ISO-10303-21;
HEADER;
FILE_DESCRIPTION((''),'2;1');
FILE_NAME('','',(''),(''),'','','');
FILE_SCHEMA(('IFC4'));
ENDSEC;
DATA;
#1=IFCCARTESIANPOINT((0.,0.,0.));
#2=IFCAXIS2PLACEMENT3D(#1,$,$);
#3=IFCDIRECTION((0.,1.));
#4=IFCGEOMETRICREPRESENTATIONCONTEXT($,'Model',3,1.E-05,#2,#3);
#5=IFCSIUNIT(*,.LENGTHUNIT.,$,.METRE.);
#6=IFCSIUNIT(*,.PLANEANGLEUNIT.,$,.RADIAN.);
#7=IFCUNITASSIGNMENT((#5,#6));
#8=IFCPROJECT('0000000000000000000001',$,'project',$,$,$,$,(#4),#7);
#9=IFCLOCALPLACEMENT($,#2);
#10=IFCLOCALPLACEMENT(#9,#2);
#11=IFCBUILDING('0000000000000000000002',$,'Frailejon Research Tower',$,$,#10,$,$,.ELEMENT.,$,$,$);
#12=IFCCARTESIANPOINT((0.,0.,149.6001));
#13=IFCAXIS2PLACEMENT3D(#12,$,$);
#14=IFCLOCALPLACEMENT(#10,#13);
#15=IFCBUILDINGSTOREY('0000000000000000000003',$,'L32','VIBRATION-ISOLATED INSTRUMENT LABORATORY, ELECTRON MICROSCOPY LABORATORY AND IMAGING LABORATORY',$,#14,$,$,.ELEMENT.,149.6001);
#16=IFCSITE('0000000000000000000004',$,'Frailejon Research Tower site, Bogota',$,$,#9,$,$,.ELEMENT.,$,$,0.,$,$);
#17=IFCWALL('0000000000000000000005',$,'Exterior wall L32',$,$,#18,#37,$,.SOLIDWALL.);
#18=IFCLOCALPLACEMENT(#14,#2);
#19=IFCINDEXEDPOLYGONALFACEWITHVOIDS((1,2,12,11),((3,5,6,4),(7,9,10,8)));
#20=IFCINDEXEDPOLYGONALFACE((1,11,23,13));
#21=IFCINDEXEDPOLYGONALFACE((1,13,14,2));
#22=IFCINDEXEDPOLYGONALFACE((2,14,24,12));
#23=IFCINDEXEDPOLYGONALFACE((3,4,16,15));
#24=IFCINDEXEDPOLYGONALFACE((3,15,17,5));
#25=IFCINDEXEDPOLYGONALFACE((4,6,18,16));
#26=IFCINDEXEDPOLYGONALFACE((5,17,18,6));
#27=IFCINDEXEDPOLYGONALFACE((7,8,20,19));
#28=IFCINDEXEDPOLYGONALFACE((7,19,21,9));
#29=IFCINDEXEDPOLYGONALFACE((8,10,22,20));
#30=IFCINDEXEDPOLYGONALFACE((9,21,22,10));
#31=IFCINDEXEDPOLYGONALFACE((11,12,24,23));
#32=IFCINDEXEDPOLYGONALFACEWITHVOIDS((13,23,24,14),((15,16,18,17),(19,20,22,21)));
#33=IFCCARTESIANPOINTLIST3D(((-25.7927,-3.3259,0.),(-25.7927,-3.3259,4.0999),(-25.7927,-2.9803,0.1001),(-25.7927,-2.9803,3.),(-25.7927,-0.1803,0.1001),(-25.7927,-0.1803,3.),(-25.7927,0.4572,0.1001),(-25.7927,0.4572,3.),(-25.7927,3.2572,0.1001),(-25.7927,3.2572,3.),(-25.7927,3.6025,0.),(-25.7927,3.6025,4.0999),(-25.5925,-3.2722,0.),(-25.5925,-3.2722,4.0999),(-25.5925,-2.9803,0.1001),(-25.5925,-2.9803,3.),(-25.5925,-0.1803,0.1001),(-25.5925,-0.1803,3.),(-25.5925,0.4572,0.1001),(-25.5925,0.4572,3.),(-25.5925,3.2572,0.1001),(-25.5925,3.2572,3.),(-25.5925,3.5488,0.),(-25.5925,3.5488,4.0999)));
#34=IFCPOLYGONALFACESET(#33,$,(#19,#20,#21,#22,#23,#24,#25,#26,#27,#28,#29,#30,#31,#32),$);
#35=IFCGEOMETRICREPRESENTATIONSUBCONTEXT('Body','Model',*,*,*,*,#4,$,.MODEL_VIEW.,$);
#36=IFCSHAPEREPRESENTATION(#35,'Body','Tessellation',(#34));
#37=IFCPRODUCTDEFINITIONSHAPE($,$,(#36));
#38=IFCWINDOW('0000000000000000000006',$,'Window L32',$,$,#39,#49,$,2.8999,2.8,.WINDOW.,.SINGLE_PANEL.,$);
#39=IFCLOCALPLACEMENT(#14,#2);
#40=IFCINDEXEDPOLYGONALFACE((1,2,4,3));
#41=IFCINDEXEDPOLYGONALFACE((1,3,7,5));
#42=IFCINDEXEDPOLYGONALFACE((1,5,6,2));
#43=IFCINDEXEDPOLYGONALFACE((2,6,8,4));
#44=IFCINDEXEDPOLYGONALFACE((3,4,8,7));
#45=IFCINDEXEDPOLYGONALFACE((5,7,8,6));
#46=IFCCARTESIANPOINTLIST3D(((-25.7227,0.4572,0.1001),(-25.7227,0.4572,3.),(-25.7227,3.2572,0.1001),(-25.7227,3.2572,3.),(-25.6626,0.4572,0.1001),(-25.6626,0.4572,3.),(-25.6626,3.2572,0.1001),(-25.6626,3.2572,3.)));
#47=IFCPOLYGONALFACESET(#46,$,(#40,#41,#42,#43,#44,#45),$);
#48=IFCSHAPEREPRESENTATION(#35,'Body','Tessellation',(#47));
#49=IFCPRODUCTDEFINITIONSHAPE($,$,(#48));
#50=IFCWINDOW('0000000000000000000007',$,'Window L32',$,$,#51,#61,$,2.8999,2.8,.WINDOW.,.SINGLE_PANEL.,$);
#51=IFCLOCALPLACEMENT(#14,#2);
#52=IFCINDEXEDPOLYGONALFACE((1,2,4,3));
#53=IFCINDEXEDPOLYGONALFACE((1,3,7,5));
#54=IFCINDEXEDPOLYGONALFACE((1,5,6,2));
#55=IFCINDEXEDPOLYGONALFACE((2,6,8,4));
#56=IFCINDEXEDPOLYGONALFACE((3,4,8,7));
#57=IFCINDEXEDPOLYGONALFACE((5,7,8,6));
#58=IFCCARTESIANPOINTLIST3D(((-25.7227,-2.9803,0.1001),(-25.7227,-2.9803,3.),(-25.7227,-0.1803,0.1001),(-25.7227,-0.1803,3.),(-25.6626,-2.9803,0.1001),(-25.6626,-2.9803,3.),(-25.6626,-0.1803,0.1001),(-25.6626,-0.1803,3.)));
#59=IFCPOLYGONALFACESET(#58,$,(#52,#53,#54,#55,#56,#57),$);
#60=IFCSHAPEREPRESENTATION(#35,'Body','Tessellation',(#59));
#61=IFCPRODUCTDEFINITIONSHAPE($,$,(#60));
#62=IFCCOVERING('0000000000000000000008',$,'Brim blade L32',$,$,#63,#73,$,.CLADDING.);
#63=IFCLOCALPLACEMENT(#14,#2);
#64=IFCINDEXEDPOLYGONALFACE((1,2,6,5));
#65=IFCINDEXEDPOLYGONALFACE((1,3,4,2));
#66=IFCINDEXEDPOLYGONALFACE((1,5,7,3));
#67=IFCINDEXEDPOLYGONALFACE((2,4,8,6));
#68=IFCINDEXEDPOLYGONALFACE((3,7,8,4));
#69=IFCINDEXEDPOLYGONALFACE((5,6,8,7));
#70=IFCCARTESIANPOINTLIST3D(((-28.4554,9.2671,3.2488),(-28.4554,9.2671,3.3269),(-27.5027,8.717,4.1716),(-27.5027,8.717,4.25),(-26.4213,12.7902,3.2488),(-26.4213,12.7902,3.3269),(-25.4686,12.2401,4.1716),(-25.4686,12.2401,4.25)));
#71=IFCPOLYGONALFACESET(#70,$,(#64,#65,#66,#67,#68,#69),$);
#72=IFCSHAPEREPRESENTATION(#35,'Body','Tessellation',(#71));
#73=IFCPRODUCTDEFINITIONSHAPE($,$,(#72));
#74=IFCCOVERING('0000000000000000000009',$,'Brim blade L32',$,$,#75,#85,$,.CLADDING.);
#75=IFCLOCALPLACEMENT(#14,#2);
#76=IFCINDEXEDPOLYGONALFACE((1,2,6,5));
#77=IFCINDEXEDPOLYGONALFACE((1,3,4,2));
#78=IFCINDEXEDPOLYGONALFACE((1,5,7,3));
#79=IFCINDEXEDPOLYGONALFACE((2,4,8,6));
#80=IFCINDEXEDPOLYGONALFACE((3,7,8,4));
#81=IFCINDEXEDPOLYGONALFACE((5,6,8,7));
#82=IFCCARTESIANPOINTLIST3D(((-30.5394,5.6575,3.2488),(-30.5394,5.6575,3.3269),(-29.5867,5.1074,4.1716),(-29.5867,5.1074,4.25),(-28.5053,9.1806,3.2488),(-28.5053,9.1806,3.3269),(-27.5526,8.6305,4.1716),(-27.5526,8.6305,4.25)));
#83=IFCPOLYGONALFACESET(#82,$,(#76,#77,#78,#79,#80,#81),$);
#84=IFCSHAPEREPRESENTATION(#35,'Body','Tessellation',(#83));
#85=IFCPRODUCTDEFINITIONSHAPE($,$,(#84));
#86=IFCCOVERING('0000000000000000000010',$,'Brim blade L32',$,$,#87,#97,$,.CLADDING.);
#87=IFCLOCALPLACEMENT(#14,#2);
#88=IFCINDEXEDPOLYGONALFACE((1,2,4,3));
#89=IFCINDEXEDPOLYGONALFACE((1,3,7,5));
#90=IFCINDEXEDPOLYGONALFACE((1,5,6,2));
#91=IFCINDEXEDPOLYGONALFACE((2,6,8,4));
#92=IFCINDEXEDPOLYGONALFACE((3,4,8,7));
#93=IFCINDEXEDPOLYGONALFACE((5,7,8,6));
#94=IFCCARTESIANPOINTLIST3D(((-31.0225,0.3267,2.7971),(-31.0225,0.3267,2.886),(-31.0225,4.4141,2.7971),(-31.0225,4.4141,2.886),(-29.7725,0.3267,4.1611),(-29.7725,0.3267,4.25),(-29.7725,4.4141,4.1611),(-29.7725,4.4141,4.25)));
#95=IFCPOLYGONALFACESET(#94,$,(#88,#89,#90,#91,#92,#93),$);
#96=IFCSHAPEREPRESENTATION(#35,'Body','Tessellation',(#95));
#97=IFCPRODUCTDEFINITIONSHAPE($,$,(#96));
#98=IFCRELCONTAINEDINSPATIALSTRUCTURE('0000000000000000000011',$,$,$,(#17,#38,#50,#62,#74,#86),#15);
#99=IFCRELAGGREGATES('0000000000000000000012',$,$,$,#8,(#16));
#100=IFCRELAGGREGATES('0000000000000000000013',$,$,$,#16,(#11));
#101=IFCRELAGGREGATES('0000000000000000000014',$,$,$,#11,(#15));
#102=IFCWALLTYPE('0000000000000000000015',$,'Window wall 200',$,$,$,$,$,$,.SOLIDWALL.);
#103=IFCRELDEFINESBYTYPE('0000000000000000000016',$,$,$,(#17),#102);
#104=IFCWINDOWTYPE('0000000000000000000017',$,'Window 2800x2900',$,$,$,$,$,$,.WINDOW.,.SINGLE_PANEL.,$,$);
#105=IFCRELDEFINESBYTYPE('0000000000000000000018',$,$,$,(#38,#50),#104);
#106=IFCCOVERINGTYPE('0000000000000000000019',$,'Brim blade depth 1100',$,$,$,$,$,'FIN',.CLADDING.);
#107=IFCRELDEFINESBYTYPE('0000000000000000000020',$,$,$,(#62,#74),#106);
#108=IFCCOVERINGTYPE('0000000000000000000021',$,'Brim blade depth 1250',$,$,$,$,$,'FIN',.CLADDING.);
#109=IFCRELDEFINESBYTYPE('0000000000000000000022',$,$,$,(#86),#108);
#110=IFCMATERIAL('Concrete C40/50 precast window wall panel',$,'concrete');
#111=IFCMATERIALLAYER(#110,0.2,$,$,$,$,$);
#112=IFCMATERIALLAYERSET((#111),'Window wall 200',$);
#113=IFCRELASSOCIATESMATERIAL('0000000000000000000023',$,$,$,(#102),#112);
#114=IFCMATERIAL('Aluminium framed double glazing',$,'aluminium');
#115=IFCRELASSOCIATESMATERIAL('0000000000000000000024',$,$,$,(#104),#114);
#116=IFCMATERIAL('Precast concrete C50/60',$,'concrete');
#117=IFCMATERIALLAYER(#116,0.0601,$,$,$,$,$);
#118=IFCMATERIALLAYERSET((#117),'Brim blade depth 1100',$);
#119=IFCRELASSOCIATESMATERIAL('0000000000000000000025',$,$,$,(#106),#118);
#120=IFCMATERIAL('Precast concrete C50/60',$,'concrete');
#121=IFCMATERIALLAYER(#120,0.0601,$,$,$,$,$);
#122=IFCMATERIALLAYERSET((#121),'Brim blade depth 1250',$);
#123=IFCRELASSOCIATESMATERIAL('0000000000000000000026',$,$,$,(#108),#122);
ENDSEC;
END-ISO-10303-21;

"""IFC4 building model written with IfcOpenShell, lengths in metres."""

from ifc_helpers import new_model, si_unit, direction, frame, frame_2d, origin, place, context, subcontext, project, spatial, polyline, rectangle, outline, extrude, material, layer, layer_set, type_object, element, fill, save


model = new_model("IFC4")

# Units and contexts
model_context = context("Model", 3, precision=1e-05, world=origin(), true_north=direction((0.0, 1.0)))
body_context = subcontext(model_context, "Body", "Model", "MODEL_VIEW")
ifc_project = project(units=[si_unit("LENGTHUNIT", "METRE"), si_unit("PLANEANGLEUNIT", "RADIAN")], contexts=[model_context])

# Site, building, storey
site_placement = place(None, origin())
site = spatial("IfcSite", under=ifc_project, at=site_placement, Name="Frailejon Research Tower site, Bogota", CompositionType="ELEMENT", RefElevation=0.0)
building_placement = place(site_placement, origin())
building = spatial("IfcBuilding", under=site, at=building_placement, Name="Frailejon Research Tower", CompositionType="ELEMENT")
storey_placement = place(building_placement, frame((0.0, 0.0, 149.6001)))
storey = spatial("IfcBuildingStorey", under=building, at=storey_placement, Name="L32", Description="VIBRATION-ISOLATED INSTRUMENT LABORATORY, ELECTRON MICROSCOPY LABORATORY AND IMAGING LABORATORY", CompositionType="ELEMENT", Elevation=149.6001)

# Wall, openings, windows
ifc_material_1 = material(Name="Concrete C40/50 precast window wall panel", Category="concrete")
ifc_layer_1 = layer(ifc_material_1, 0.2)
ifc_layer_set_1 = layer_set([ifc_layer_1], Name="Window wall 200")
wall_type_1 = type_object("IfcWallType", Name="Window wall 200", PredefinedType="SOLIDWALL", material=ifc_layer_set_1)
wall_1_placement = place(storey_placement, frame((-25.6926, 3.5757, 0.0), z_axis=(0.0, 0.0, 1.0), x_axis=(0.0, -1.0, 0.0)))
wall_1 = element("IfcWall", 1, at=wall_1_placement, inside=storey, type_object=wall_type_1, Name="Exterior wall L32", PredefinedType="SOLIDWALL", context=body_context, shape_type="SweptSolid", body=[
    extrude(outline(polyline([(-0.0269, -0.1001), (1.1279, -0.1001), (2.2827, -0.1001), (3.4375, -0.1001), (4.592, -0.1001), (5.7468, -0.1001), (6.9016, -0.1001), (6.8479, 0.1001), (5.7109, 0.1001), (4.5742, 0.1001), (3.4375, 0.1001), (2.3005, 0.1001), (1.1636, 0.1001), (0.0269, 0.1001), (-0.0269, -0.1001)])), origin(), (0.0, 0.0, 1.0), 4.0999),
])
opening_1_placement = place(wall_1_placement, frame((0.3186, 0.0, 0.1001)))
opening_1 = element("IfcOpeningElement", 2, at=opening_1_placement, cuts=wall_1, PredefinedType="OPENING", context=body_context, shape_type="SweptSolid", body=[
    extrude(rectangle(XDim=2.8, YDim=2.8999, at=frame_2d((1.3999, 1.45))), frame((0.0, 0.1099, 0.0), z_axis=(0.0, -1.0, 0.0), x_axis=(1.0, 0.0, 0.0)), (0.0, 0.0, 1.0), 0.22),
])
opening_2_placement = place(wall_1_placement, frame((3.7561, 0.0, 0.1001)))
opening_2 = element("IfcOpeningElement", 3, at=opening_2_placement, cuts=wall_1, PredefinedType="OPENING", context=body_context, shape_type="SweptSolid", body=[
    extrude(rectangle(XDim=2.8, YDim=2.8999, at=frame_2d((1.3999, 1.45))), frame((0.0, 0.1099, 0.0), z_axis=(0.0, -1.0, 0.0), x_axis=(1.0, 0.0, 0.0)), (0.0, 0.0, 1.0), 0.22),
])
ifc_material_2 = material(Name="Aluminium framed double glazing", Category="aluminium")
window_type = type_object("IfcWindowType", Name="Window 2800x2900", PartitioningType="SINGLE_PANEL", PredefinedType="WINDOW", material=ifc_material_2)
window_1_placement = place(opening_1_placement, origin())
window_1 = element("IfcWindow", 4, at=window_1_placement, inside=storey, type_object=window_type, Name="Window L32", OverallHeight=2.8999, OverallWidth=2.8, PartitioningType="SINGLE_PANEL", PredefinedType="WINDOW", context=body_context, shape_type="SweptSolid", body=[
    extrude(rectangle(XDim=2.8, YDim=2.8999, at=frame_2d((1.3999, 1.45))), frame((0.0, 0.03, 0.0), z_axis=(0.0, -1.0, 0.0), x_axis=(1.0, 0.0, 0.0)), (0.0, 0.0, 1.0), 0.0601),
])
fill(opening_1, window_1)
window_2_placement = place(opening_2_placement, origin())
window_2 = element("IfcWindow", 5, at=window_2_placement, inside=storey, type_object=window_type, Name="Window L32", OverallHeight=2.8999, OverallWidth=2.8, PartitioningType="SINGLE_PANEL", PredefinedType="WINDOW", context=body_context, shape_type="SweptSolid", body=[
    extrude(rectangle(XDim=2.8, YDim=2.8999, at=frame_2d((1.3999, 1.45))), frame((0.0, 0.03, 0.0), z_axis=(0.0, -1.0, 0.0), x_axis=(1.0, 0.0, 0.0)), (0.0, 0.0, 1.0), 0.0601),
])
fill(opening_2, window_2)

# Coverings
ifc_material_3 = material(Name="Precast concrete C50/60", Category="concrete")
ifc_layer_2 = layer(ifc_material_3, 0.0601)
ifc_layer_set_2 = layer_set([ifc_layer_2], Name="Brim blade depth 1100")
covering_type_1 = type_object("IfcCoveringType", Name="Brim blade depth 1100", ElementType="FIN", PredefinedType="CLADDING", material=ifc_layer_set_2)
for number, where, z_axis, x_axis, name in (
    (6, (-27.5027, 8.717, 4.25), (0.499999, 0.866026, 0.0), (-0.866026, 0.499999, 0.0), "Brim blade L32"),
    (7, (-29.5867, 5.1074, 4.25), (0.500007, 0.866021, 0.0), (-0.866021, 0.500007, 0.0), "Brim blade L32"),
):
    element("IfcCovering", number, at=place(storey_placement, frame(where, z_axis=z_axis, x_axis=x_axis)), inside=storey, type_object=covering_type_1, Name=name, PredefinedType="CLADDING", context=body_context, shape_type="SweptSolid", body=[
        extrude(outline(polyline([(0.0, -0.0784), (1.1001, -1.0012), (1.1001, -0.9231), (0.0, 0.0), (0.0, -0.0784)])), origin(), (0.0, 0.0, 1.0), 4.0681),
    ])
ifc_material_4 = material(Name="Precast concrete C50/60", Category="concrete")
ifc_layer_3 = layer(ifc_material_4, 0.0601)
ifc_layer_set_3 = layer_set([ifc_layer_3], Name="Brim blade depth 1250")
covering_type_2 = type_object("IfcCoveringType", Name="Brim blade depth 1250", ElementType="FIN", PredefinedType="CLADDING", material=ifc_layer_set_3)
covering_placement = place(storey_placement, frame((-29.7725, 0.3267, 4.25), z_axis=(0.0, 1.0, 0.0), x_axis=(-1.0, 0.0, 0.0)))
element("IfcCovering", 8, at=covering_placement, inside=storey, type_object=covering_type_2, Name="Brim blade L32", PredefinedType="CLADDING", context=body_context, shape_type="SweptSolid", body=[
    extrude(outline(polyline([(0.0, -0.0889), (1.25, -1.4529), (1.25, -1.364), (0.0, 0.0), (0.0, -0.0889)])), origin(), (0.0, 0.0, 1.0), 4.0874),
])

save(model, "model.ifc")
